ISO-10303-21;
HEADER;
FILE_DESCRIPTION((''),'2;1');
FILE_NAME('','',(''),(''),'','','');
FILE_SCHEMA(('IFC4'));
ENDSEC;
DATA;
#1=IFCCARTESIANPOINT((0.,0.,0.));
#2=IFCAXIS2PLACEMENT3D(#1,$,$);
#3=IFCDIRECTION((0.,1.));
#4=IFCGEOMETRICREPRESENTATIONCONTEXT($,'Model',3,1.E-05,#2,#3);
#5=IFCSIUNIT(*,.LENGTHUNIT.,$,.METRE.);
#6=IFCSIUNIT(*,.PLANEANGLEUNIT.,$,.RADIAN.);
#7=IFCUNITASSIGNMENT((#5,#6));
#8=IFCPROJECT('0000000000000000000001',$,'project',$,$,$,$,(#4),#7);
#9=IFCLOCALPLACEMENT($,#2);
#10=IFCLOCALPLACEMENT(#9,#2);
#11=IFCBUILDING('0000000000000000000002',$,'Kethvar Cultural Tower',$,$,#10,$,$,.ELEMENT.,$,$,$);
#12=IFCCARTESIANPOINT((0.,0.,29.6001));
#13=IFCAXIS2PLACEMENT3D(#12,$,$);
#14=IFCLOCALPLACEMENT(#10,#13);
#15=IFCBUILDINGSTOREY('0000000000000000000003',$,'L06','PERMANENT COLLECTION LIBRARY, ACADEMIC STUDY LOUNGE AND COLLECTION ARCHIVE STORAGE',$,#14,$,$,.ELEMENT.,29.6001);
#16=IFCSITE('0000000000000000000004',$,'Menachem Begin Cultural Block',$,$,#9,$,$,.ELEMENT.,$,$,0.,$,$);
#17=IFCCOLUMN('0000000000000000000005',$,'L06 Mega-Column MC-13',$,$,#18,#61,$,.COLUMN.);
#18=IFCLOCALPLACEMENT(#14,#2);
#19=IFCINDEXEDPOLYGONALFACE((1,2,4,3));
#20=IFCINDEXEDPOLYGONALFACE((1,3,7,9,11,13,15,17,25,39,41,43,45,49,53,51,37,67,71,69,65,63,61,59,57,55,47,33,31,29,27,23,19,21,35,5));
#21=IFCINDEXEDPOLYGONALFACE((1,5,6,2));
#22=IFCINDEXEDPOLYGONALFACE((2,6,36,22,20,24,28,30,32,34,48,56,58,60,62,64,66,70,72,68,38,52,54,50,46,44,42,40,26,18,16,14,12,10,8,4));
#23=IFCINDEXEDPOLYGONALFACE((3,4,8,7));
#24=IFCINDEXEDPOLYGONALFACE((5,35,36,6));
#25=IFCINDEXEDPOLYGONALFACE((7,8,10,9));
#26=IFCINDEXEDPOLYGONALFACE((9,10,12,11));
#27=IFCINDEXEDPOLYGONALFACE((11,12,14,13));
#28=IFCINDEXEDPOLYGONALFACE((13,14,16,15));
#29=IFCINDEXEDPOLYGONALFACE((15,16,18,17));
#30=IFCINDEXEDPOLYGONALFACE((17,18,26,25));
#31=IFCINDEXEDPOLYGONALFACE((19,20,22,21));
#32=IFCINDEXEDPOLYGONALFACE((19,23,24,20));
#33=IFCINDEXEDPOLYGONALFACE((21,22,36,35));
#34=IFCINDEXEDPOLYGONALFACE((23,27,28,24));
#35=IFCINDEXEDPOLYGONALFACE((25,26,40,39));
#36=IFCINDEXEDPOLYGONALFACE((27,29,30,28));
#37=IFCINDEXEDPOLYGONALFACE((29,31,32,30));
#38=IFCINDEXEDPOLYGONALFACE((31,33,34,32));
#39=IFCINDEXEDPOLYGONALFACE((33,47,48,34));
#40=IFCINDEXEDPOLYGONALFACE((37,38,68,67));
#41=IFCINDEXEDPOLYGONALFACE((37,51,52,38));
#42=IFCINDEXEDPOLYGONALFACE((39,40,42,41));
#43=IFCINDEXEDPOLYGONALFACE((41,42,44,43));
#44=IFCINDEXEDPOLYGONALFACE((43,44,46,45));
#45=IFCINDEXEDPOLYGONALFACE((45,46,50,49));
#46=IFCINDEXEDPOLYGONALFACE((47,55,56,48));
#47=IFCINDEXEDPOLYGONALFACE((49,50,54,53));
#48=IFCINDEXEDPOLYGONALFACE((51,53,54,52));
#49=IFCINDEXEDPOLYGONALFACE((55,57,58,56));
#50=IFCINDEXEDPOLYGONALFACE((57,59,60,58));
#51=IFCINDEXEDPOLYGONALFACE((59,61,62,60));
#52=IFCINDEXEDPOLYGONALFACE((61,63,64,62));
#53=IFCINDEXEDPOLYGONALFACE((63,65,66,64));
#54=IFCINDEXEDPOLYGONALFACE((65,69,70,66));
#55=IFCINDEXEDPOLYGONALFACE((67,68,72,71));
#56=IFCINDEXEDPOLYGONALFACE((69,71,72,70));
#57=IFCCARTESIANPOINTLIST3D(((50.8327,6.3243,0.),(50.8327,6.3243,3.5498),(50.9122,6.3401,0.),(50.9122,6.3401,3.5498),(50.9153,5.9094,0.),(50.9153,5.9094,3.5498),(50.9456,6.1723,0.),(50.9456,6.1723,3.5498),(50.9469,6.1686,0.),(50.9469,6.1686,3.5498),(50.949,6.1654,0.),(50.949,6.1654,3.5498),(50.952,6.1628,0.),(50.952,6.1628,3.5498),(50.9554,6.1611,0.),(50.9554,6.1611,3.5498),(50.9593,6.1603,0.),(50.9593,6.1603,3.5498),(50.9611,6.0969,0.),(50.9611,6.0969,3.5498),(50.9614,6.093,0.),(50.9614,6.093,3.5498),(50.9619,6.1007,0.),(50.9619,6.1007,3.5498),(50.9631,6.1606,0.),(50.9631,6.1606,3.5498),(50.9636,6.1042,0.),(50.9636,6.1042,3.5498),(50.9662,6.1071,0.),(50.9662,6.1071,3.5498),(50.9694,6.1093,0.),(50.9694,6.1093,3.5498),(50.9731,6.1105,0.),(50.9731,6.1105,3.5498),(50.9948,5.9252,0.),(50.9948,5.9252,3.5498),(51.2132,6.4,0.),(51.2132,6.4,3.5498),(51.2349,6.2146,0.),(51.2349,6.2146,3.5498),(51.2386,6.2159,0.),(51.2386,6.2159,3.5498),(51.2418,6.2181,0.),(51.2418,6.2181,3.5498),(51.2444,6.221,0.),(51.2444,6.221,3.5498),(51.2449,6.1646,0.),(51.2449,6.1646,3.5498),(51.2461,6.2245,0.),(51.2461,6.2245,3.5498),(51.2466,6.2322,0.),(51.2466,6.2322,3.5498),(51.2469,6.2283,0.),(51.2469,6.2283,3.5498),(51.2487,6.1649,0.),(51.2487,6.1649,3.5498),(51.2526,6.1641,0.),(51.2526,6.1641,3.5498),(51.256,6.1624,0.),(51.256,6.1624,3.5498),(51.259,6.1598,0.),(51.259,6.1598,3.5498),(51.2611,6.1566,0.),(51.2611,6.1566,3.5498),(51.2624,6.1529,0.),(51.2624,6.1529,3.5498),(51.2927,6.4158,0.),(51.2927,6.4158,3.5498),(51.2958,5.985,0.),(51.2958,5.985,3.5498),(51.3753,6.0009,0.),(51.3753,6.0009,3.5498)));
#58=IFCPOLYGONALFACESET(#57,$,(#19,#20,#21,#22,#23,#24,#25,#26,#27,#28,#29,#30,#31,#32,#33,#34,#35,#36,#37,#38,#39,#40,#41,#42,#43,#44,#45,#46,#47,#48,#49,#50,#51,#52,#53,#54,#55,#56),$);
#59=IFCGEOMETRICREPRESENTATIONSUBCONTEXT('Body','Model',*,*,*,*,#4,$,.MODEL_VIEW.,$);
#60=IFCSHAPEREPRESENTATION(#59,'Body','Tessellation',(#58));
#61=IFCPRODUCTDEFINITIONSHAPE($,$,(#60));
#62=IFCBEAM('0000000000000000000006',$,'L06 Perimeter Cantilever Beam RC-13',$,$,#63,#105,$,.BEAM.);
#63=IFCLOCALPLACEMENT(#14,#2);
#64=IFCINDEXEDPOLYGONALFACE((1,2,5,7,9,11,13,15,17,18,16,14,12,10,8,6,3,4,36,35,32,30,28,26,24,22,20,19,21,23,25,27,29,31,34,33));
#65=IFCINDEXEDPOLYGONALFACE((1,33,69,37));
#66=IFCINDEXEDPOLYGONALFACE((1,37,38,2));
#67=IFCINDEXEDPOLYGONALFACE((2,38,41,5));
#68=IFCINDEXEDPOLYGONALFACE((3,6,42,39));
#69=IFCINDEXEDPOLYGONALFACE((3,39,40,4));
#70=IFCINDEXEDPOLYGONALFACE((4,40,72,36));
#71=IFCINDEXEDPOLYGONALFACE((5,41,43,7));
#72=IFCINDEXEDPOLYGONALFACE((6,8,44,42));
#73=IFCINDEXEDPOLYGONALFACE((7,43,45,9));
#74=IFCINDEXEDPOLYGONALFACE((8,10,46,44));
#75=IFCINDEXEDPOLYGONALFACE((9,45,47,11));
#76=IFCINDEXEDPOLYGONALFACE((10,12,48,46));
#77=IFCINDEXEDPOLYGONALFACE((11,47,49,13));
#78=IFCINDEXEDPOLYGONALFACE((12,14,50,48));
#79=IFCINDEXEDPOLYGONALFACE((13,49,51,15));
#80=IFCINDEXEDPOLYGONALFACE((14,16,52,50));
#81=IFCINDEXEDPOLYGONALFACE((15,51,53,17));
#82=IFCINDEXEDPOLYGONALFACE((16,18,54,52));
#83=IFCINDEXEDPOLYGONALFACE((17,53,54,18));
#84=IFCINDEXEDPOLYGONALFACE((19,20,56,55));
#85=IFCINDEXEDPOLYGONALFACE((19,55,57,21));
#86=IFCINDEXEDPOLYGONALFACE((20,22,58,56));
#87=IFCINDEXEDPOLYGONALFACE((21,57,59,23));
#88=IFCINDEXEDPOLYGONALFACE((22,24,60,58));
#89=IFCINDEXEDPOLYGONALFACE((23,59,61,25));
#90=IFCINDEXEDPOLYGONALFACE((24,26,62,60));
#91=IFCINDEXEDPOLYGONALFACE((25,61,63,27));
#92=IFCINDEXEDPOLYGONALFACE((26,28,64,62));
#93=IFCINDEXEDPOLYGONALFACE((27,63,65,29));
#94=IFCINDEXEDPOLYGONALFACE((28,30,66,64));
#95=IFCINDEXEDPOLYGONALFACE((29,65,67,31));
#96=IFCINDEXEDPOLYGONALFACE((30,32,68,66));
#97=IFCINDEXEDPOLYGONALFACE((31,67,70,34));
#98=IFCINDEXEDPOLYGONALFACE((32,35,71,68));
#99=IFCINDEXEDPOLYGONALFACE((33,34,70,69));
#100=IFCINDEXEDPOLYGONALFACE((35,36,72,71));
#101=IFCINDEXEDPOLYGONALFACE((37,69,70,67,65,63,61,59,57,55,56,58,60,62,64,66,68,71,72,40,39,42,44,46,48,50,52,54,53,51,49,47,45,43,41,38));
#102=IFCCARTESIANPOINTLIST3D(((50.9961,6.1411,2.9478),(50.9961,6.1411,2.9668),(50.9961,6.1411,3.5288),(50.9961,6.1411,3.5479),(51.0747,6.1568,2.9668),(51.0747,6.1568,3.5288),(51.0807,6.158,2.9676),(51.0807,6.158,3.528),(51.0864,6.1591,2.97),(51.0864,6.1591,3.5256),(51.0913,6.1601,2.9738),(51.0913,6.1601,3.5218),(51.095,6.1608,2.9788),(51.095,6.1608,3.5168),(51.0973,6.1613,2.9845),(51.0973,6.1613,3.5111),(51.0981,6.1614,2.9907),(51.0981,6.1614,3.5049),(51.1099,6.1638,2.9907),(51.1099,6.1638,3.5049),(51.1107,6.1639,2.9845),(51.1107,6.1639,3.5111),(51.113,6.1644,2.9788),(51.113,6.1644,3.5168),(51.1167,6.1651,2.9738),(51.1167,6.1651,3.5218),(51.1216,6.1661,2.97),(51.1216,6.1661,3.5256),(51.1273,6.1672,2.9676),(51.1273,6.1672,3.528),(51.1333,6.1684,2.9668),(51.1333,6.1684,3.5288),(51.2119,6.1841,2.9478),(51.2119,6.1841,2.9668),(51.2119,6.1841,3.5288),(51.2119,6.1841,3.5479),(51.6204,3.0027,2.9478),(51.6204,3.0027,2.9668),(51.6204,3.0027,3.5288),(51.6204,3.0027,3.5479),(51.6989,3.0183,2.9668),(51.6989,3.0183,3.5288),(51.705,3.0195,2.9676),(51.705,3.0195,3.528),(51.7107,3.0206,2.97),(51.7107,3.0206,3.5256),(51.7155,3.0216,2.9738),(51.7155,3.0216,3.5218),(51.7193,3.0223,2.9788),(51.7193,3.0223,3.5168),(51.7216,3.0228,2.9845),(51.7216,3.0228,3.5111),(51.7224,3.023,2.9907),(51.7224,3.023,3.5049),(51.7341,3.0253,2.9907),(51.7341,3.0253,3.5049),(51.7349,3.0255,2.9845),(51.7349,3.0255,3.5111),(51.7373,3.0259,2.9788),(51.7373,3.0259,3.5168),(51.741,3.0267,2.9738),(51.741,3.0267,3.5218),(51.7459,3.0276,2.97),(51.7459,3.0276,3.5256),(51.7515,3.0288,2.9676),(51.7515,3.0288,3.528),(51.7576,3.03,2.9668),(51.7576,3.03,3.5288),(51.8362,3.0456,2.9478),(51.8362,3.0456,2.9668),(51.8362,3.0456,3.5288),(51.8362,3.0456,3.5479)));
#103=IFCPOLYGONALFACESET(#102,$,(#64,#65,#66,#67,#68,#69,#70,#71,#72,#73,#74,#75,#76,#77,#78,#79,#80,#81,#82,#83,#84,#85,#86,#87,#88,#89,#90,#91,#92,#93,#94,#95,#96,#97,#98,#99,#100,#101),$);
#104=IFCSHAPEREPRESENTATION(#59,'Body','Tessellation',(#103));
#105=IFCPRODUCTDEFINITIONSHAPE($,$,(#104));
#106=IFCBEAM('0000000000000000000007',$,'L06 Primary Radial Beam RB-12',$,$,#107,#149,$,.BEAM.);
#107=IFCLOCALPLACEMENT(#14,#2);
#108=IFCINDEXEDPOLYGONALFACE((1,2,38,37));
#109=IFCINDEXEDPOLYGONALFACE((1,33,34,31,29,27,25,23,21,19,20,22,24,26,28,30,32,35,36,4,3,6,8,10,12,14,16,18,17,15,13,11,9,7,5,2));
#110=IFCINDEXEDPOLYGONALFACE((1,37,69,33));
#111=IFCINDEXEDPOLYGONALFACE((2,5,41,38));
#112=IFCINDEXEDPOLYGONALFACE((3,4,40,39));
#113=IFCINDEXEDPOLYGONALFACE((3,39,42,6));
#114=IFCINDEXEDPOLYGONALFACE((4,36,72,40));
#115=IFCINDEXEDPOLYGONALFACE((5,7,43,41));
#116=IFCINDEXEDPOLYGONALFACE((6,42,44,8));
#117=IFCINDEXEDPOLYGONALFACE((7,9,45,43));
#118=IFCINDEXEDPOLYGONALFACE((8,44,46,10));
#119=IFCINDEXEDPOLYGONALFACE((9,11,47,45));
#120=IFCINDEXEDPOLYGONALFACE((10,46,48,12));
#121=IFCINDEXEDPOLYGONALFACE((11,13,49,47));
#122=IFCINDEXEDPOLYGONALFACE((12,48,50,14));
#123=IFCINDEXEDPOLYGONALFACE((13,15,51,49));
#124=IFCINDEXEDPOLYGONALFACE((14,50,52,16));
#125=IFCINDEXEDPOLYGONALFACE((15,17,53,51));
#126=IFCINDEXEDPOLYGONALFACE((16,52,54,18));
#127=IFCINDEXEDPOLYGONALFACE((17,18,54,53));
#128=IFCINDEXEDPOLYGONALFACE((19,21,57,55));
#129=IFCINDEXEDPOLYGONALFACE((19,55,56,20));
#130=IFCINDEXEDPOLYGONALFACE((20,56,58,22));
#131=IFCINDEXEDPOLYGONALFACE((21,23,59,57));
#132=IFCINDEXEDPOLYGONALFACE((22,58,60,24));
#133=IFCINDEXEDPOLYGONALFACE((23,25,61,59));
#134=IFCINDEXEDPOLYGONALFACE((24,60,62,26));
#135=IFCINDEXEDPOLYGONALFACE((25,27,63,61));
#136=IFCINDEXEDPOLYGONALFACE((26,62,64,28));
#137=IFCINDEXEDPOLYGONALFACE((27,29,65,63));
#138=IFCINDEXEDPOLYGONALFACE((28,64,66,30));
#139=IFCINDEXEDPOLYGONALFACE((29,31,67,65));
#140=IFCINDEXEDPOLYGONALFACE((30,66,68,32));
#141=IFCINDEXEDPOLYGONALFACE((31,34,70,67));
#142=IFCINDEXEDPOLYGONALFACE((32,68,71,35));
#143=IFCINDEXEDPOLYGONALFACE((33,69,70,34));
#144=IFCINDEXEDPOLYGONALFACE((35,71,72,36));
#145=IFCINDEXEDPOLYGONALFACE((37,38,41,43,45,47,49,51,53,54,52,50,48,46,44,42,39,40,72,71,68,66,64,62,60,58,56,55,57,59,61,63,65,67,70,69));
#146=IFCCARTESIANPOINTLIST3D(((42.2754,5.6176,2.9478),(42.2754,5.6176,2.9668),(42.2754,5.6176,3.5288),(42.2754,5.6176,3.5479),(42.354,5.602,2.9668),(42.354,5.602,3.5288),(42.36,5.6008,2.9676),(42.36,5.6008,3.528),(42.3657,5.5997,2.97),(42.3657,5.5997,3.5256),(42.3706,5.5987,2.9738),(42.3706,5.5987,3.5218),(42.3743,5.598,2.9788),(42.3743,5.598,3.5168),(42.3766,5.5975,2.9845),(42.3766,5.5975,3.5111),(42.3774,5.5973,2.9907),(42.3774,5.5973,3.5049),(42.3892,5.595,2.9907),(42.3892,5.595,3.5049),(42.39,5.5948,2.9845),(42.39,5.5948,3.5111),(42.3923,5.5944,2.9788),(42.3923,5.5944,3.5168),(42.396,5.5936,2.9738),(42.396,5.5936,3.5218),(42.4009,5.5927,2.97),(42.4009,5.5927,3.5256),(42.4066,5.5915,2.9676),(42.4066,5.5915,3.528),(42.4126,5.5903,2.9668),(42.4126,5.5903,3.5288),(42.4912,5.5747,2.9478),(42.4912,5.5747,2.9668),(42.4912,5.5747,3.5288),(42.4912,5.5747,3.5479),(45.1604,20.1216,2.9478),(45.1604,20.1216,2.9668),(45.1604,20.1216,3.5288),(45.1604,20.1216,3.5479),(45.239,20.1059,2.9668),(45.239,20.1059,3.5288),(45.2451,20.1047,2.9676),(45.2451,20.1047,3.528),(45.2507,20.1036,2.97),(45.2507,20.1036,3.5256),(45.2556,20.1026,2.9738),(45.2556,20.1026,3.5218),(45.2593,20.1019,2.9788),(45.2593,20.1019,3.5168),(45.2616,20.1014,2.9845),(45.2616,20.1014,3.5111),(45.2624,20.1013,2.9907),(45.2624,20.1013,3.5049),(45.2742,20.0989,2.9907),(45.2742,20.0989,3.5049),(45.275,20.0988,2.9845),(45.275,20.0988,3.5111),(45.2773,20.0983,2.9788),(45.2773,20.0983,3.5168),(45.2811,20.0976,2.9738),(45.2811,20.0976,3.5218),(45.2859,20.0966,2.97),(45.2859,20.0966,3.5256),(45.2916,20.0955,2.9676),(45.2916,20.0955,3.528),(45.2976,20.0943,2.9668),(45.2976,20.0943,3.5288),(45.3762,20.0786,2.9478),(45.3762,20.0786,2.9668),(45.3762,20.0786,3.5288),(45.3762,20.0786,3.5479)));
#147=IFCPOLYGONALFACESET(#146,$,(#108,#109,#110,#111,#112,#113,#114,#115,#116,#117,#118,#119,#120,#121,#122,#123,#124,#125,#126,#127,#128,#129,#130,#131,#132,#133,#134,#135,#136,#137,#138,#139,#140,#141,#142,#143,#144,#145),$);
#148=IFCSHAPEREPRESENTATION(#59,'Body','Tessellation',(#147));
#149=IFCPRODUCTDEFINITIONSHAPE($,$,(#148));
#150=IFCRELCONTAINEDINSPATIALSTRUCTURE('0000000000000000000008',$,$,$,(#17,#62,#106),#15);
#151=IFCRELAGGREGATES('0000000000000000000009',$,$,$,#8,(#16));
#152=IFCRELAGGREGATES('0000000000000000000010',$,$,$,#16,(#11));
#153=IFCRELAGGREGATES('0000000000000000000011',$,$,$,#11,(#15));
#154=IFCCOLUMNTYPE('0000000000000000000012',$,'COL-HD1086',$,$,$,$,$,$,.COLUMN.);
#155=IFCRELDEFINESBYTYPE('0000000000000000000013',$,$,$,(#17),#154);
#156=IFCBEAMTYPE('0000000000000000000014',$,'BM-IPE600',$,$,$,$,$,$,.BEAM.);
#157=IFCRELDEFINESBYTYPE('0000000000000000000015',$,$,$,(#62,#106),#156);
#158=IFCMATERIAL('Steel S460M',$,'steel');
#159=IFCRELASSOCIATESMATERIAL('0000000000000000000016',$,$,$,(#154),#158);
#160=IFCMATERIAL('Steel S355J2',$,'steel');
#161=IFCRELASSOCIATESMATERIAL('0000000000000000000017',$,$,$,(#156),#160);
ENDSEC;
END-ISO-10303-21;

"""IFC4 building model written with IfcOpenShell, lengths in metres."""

from ifc_helpers import new_model, si_unit, direction, frame, origin, origin_2d, place, context, subcontext, project, spatial, i_section, extrude, source, transform, mapped, material, material_profile, profile_set, type_object, element, save


model = new_model("IFC4")

# Units and contexts
model_context = context("Model", 3, precision=1e-05, world=origin(), true_north=direction((0.0, 1.0)))
body_context = subcontext(model_context, "Body", "Model", "MODEL_VIEW")
ifc_project = project(units=[si_unit("LENGTHUNIT", "METRE"), si_unit("PLANEANGLEUNIT", "RADIAN")], contexts=[model_context])

# Site, building, storey
site_placement = place(None, origin())
site = spatial("IfcSite", under=ifc_project, at=site_placement, Name="Menachem Begin Cultural Block", CompositionType="ELEMENT", RefElevation=0.0)
building_placement = place(site_placement, origin())
building = spatial("IfcBuilding", under=site, at=building_placement, Name="Kethvar Cultural Tower", CompositionType="ELEMENT")
storey_placement = place(building_placement, frame((0.0, 0.0, 29.6001)))
storey = spatial("IfcBuildingStorey", under=building, at=storey_placement, Name="L06", Description="PERMANENT COLLECTION LIBRARY, ACADEMIC STUDY LOUNGE AND COLLECTION ARCHIVE STORAGE", CompositionType="ELEMENT", Elevation=29.6001)

# Column
ifc_material_1 = material(Name="Steel S460M", Category="steel")
ifc_material_profile_1 = material_profile(ifc_material_1, i_section(OverallWidth=0.4231, OverallDepth=0.469, WebThickness=0.051, FlangeThickness=0.0811, FilletRadius=0.0149, at=origin_2d()), Name="Steel S460M — HD400x1086")
ifc_profile_set_1 = profile_set([ifc_material_profile_1], Name="Steel S460M — HD400x1086")
column_type = type_object("IfcColumnType", Name="COL-HD1086", PredefinedType="COLUMN", material=ifc_profile_set_1)
shared_shape_1 = source(origin(), body_context, "Body", "SweptSolid", [
    extrude(i_section(OverallWidth=0.4231, OverallDepth=0.469, WebThickness=0.051, FlangeThickness=0.0811, FilletRadius=0.0149, at=origin_2d()), origin(), (0.0, 0.0, 1.0), 3.5498),
])
column_placement = place(storey_placement, frame((51.104, 6.1626, 0.0), z_axis=(0.0, 0.0, 1.0), x_axis=(0.19509, -0.980785, 0.0)))
element("IfcColumn", 1, at=column_placement, inside=storey, type_object=column_type, Name="L06 Mega-Column MC-13", PredefinedType="COLUMN", context=body_context, shape_type="MappedRepresentation", body=[
    mapped(shared_shape_1, transform((0.0, 0.0, 0.0), scale=1.0)),
])

# Beams
ifc_material_2 = material(Name="Steel S355J2", Category="steel")
ifc_material_profile_2 = material_profile(ifc_material_2, i_section(OverallWidth=0.22, OverallDepth=0.6001, WebThickness=0.012, FlangeThickness=0.019, FilletRadius=0.0239, at=origin_2d()), Name="Steel S355J2 — IPE600")
ifc_profile_set_2 = profile_set([ifc_material_profile_2], Name="Steel S355J2 — IPE600")
beam_type_1 = type_object("IfcBeamType", Name="BM-IPE600", PredefinedType="BEAM", material=ifc_profile_set_2)
shared_shape_2 = source(origin(), body_context, "Body", "SweptSolid", [
    extrude(i_section(OverallWidth=0.22, OverallDepth=0.6001, WebThickness=0.012, FlangeThickness=0.019, FilletRadius=0.0239, at=origin_2d()), origin(), (0.0, 0.0, 1.0), 3.2),
])
beam_1_placement = place(storey_placement, frame((51.104, 6.1626, 3.2478), z_axis=(0.195089, -0.980786, 0.0), x_axis=(0.980786, 0.195089, 0.0)))
element("IfcBeam", 2, at=beam_1_placement, inside=storey, type_object=beam_type_1, Name="L06 Perimeter Cantilever Beam RC-13", PredefinedType="BEAM", context=body_context, shape_type="MappedRepresentation", body=[
    mapped(shared_shape_2, transform((0.0, 0.0, 0.0), scale=1.0)),
])
shared_shape_3 = source(origin(), body_context, "Body", "SweptSolid", [
    extrude(i_section(OverallWidth=0.22, OverallDepth=0.6001, WebThickness=0.012, FlangeThickness=0.019, FilletRadius=0.0239, at=origin_2d()), origin(), (0.0, 0.0, 1.0), 14.7881),
])
beam_2_placement = place(storey_placement, frame((45.2683, 20.1001, 3.2478), z_axis=(-0.195091, -0.980785, 0.0), x_axis=(0.980785, -0.195091, 0.0)))
element("IfcBeam", 3, at=beam_2_placement, inside=storey, type_object=beam_type_1, Name="L06 Primary Radial Beam RB-12", PredefinedType="BEAM", context=body_context, shape_type="MappedRepresentation", body=[
    mapped(shared_shape_3, transform((0.0, 0.0, 0.0), scale=1.0)),
])

save(model, "model.ifc")
